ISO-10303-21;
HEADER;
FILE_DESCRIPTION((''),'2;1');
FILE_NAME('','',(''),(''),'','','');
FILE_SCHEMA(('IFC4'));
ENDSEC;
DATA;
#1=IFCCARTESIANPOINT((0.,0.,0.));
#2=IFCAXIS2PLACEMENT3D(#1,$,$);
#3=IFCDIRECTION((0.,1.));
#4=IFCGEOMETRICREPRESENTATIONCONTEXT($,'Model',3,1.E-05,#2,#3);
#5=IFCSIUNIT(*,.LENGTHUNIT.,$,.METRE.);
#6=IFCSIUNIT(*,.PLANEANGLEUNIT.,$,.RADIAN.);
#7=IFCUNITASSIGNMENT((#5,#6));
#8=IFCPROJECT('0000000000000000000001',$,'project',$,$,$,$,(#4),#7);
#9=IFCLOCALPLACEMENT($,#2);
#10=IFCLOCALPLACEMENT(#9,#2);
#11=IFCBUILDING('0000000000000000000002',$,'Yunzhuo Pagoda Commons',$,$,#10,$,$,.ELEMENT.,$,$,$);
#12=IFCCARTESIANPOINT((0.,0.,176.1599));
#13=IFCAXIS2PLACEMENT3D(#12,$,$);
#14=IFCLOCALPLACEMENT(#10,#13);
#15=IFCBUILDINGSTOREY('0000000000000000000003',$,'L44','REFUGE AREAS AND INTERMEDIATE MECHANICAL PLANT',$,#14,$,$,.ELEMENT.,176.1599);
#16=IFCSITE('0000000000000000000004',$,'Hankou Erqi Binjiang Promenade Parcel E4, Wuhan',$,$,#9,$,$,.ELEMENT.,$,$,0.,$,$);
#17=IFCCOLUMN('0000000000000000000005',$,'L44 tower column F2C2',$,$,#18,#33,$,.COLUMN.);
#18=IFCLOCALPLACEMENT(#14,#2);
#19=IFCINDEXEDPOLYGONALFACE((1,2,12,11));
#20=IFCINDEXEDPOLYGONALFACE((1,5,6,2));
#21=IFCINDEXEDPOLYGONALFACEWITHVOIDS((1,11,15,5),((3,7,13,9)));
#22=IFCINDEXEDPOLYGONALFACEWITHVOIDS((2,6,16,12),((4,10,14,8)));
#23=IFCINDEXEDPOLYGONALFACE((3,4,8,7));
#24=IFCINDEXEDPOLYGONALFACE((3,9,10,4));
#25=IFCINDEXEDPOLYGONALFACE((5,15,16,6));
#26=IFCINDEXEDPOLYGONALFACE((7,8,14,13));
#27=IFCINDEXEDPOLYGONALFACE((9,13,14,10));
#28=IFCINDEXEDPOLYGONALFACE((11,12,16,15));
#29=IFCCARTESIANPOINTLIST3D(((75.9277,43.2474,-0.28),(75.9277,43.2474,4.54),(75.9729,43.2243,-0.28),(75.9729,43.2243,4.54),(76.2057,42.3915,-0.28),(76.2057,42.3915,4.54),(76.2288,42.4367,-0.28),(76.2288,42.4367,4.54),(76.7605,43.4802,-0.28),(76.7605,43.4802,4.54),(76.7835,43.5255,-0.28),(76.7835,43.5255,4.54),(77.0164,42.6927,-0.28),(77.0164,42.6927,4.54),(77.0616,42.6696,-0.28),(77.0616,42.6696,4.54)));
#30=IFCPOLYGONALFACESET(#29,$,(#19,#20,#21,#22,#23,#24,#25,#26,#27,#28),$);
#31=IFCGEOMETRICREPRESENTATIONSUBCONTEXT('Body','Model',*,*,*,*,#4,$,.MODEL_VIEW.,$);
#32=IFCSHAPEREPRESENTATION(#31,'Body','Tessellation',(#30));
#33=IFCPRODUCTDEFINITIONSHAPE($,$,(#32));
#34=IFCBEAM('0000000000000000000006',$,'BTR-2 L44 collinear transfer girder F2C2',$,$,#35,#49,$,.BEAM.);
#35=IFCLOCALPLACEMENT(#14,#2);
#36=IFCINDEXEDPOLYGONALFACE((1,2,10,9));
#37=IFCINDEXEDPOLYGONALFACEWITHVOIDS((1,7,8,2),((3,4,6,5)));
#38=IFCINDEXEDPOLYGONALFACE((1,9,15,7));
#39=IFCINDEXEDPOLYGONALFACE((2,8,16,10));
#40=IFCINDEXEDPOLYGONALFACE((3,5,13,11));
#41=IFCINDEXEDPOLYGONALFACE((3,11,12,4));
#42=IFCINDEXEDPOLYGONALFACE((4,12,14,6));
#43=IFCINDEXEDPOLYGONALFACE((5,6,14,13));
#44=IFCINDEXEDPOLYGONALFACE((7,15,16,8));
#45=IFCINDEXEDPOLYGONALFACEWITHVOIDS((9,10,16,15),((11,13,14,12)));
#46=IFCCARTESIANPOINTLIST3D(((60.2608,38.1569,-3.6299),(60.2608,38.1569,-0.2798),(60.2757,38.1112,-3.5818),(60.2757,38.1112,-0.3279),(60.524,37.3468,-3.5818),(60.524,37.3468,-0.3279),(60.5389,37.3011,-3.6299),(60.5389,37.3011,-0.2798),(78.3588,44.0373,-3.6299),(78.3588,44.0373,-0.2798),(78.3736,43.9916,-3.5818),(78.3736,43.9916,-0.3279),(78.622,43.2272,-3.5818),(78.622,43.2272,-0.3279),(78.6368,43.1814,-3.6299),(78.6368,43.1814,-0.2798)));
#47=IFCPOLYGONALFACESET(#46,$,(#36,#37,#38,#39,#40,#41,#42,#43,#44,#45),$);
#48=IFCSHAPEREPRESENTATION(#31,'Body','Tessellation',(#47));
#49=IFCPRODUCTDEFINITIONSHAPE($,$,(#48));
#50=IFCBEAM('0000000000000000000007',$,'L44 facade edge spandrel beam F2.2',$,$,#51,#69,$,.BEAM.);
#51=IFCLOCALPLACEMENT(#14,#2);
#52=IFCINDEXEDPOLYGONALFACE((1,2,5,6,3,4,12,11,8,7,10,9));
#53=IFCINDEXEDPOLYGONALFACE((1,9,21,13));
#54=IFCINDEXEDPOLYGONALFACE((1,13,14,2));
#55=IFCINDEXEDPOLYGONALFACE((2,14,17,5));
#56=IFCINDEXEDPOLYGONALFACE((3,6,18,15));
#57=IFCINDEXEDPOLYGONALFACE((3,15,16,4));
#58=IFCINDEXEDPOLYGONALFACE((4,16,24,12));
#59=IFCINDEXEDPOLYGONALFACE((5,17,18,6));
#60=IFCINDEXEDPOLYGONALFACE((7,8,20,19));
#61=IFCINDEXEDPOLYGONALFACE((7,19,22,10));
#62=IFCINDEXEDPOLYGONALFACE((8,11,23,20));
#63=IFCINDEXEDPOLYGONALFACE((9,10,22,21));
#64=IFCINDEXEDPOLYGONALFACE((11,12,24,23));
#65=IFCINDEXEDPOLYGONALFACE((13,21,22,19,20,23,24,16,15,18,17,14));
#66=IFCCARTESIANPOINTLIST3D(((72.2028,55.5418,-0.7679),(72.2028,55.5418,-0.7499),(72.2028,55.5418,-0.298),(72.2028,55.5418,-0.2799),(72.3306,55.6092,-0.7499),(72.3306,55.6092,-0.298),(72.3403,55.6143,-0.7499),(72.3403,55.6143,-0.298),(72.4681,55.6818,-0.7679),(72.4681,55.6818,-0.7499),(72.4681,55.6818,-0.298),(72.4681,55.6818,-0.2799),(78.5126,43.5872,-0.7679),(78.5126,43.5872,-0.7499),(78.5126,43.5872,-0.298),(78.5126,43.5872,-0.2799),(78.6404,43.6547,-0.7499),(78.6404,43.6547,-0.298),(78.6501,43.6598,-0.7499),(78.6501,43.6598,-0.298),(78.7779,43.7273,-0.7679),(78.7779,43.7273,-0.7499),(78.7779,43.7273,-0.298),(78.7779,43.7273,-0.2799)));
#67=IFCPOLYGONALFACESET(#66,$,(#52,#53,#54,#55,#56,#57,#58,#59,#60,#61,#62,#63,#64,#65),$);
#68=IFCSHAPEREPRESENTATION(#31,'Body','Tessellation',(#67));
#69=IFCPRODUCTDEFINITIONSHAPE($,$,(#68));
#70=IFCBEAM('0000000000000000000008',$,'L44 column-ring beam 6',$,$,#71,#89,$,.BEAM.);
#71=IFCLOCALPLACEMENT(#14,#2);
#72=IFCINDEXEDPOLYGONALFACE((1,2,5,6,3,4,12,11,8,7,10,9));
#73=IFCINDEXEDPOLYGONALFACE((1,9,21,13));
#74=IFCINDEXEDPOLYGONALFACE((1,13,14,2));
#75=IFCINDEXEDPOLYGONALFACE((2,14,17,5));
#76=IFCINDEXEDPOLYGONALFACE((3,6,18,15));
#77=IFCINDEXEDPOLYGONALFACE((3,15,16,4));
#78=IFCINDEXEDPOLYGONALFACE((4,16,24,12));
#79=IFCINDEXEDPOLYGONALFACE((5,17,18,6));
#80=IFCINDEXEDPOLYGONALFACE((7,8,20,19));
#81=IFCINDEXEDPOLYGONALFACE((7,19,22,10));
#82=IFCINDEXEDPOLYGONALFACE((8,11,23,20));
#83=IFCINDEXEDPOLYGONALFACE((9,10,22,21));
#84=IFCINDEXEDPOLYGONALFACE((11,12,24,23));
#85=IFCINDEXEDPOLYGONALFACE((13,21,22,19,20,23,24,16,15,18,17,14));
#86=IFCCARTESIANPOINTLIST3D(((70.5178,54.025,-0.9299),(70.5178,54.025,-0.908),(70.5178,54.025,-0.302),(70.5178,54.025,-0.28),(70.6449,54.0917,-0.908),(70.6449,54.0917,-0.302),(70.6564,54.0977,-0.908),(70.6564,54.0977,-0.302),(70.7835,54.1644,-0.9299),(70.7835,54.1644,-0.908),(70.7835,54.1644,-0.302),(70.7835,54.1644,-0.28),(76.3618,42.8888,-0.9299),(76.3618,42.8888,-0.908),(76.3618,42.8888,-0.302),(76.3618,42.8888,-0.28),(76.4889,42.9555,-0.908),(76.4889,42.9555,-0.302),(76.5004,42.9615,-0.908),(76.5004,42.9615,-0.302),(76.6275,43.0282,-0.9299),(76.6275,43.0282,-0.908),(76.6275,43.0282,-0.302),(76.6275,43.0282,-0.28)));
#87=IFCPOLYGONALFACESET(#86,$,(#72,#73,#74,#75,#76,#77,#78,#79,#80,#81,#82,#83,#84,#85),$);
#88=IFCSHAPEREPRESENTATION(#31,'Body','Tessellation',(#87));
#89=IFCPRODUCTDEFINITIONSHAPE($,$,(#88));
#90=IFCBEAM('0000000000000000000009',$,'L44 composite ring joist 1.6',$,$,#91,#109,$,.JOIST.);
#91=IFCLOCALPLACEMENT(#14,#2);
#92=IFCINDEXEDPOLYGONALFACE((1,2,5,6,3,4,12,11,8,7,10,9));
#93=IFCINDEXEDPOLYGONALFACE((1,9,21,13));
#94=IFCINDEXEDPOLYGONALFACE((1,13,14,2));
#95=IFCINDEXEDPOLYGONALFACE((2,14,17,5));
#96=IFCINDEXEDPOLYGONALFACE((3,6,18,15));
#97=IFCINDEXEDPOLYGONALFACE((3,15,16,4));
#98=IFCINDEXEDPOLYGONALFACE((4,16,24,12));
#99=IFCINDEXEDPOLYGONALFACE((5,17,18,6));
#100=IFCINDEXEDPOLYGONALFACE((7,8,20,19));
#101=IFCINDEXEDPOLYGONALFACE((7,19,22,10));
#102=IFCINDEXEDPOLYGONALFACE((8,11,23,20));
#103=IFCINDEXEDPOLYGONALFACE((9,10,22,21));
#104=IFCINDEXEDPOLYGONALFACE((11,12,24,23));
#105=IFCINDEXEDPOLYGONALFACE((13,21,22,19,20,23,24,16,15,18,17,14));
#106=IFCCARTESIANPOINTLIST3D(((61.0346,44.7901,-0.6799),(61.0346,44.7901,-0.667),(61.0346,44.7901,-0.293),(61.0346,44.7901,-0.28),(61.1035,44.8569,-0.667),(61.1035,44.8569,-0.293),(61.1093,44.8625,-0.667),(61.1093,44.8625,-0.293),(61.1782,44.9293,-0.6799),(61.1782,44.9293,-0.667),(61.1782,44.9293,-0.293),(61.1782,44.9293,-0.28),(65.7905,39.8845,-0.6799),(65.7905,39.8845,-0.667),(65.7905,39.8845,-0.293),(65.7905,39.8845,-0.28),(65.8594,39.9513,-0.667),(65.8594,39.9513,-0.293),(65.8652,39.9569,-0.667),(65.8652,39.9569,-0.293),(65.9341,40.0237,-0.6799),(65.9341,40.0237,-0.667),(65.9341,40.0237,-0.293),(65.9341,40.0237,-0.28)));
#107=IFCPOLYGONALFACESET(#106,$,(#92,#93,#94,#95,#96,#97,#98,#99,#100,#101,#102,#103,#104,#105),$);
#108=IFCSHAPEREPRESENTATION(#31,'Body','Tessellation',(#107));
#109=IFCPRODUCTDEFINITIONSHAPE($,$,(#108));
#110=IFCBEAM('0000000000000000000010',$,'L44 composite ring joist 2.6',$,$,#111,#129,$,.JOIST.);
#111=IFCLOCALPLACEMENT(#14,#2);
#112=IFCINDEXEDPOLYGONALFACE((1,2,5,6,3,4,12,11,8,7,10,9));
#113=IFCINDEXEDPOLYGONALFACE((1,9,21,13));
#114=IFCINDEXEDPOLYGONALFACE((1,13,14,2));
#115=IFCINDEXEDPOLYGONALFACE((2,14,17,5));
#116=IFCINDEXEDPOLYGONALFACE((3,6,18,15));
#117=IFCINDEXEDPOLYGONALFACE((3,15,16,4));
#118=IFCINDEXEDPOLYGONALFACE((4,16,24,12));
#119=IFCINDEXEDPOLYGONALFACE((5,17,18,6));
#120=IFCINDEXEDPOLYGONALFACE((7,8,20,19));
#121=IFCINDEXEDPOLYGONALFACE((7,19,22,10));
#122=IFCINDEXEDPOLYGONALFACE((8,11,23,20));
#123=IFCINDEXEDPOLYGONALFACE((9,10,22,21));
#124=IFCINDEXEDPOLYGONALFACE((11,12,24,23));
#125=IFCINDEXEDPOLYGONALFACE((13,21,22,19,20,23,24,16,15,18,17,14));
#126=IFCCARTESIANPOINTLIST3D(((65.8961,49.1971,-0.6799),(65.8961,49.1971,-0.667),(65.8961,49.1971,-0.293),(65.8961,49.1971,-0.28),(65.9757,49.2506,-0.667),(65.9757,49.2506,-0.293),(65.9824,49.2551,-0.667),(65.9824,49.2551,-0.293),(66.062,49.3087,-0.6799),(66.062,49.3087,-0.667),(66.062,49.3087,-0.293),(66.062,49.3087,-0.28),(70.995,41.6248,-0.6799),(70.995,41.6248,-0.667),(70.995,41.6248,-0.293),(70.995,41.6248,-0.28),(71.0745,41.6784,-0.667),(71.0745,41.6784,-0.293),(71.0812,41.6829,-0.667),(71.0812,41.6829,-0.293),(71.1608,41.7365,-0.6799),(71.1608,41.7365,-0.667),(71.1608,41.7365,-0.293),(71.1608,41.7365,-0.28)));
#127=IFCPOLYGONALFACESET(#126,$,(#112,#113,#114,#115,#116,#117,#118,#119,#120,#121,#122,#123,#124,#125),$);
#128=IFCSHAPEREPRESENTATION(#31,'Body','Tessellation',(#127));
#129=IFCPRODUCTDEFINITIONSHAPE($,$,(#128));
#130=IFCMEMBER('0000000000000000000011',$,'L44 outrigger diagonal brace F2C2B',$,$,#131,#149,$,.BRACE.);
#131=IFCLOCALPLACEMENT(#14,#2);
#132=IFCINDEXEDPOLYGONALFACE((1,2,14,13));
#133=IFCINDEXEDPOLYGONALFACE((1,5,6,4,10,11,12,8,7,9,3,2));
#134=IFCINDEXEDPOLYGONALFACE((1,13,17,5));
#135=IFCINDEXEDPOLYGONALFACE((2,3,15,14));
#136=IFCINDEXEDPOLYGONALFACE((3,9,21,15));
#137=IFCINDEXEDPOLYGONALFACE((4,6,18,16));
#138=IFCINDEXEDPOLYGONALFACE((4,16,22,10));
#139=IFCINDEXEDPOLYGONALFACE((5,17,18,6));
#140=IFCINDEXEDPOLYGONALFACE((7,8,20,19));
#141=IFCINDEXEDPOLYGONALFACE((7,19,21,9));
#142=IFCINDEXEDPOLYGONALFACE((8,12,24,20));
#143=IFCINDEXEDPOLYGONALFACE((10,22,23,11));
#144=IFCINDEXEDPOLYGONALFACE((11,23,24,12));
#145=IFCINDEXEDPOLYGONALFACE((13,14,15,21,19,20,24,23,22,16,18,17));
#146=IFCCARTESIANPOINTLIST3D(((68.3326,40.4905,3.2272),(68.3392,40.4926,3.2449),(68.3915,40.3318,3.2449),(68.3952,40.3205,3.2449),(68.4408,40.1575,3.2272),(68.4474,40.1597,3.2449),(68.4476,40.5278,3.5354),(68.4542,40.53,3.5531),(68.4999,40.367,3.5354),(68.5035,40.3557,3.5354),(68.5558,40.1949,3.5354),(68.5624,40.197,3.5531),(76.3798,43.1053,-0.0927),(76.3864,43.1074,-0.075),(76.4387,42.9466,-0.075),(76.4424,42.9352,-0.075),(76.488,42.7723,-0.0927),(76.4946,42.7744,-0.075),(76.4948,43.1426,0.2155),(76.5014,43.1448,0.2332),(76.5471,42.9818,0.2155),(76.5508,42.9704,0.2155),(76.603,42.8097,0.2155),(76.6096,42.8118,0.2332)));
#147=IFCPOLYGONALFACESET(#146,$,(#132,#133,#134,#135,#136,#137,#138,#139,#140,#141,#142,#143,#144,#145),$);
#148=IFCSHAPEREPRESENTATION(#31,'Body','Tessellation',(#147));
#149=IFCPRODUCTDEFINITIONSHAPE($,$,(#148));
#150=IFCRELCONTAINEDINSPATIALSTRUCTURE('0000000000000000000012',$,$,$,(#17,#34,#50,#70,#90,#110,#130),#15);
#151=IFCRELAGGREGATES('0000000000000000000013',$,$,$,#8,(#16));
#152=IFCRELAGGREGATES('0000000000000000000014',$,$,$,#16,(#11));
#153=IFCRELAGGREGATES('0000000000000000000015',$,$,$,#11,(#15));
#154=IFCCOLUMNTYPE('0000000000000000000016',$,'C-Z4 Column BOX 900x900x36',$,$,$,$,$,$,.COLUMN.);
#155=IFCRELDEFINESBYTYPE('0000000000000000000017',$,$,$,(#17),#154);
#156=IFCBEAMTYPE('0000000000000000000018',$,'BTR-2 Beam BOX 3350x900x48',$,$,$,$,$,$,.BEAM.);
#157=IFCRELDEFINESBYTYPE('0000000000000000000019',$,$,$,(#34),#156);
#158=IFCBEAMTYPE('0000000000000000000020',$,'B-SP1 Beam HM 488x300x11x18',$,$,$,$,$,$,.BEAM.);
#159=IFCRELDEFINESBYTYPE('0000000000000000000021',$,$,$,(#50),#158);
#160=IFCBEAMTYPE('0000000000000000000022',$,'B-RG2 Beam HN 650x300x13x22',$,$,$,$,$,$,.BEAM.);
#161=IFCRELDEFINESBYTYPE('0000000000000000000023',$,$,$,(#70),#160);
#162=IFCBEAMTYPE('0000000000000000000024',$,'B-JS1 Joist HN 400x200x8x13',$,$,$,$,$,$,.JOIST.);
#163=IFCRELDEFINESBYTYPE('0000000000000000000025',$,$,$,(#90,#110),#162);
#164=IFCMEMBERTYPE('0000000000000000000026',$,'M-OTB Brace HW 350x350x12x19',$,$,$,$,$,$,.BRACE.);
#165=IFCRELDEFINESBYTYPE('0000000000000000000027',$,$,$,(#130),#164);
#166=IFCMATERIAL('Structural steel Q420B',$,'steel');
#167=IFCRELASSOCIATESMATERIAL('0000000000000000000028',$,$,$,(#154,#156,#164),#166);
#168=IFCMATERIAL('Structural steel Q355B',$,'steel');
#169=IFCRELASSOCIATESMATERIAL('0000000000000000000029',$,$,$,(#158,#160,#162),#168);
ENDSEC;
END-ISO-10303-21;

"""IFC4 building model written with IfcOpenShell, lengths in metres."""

from ifc_helpers import new_model, si_unit, direction, frame, origin, origin_2d, place, context, subcontext, project, spatial, hollow_rectangle, i_section, extrude, source, transform, mapped, material, material_profile, profile_set, type_object, element, save


model = new_model("IFC4")

# Units and contexts
model_context = context("Model", 3, precision=1e-05, world=origin(), true_north=direction((0.0, 1.0)))
body_context = subcontext(model_context, "Body", "Model", "MODEL_VIEW")
ifc_project = project(units=[si_unit("LENGTHUNIT", "METRE"), si_unit("PLANEANGLEUNIT", "RADIAN")], contexts=[model_context])

# Site, building, storey
site_placement = place(None, origin())
site = spatial("IfcSite", under=ifc_project, at=site_placement, Name="Hankou Erqi Binjiang Promenade Parcel E4, Wuhan", CompositionType="ELEMENT", RefElevation=0.0)
building_placement = place(site_placement, origin())
building = spatial("IfcBuilding", under=site, at=building_placement, Name="Yunzhuo Pagoda Commons", CompositionType="ELEMENT")
storey_placement = place(building_placement, frame((0.0, 0.0, 176.1599)))
storey = spatial("IfcBuildingStorey", under=building, at=storey_placement, Name="L44", Description="REFUGE AREAS AND INTERMEDIATE MECHANICAL PLANT", CompositionType="ELEMENT", Elevation=176.1599)

# Column
ifc_material_1 = material(Name="Structural steel Q420B", Category="steel")
ifc_material_profile_1 = material_profile(ifc_material_1, hollow_rectangle(XDim=0.8999, YDim=0.8999, WallThickness=0.0359, at=origin_2d()), Name="Structural steel Q420B")
ifc_profile_set_1 = profile_set([ifc_material_profile_1], Name="Structural steel Q420B")
column_type = type_object("IfcColumnType", Name="C-Z4 Column BOX 900x900x36", PredefinedType="COLUMN", material=ifc_profile_set_1)
shared_shape_1 = source(origin(), body_context, "Body", "SweptSolid", [
    extrude(hollow_rectangle(XDim=0.8999, YDim=0.8999, WallThickness=0.0359, at=origin_2d()), origin(), (0.0, 0.0, 1.0), 4.8201),
])
column_placement = place(storey_placement, frame((76.4946, 42.9585, -0.28), z_axis=(0.0, 0.0, 1.0), x_axis=(-0.309017, 0.951057, 0.0)))
element("IfcColumn", 1, at=column_placement, inside=storey, type_object=column_type, Name="L44 tower column F2C2", PredefinedType="COLUMN", context=body_context, shape_type="MappedRepresentation", body=[
    mapped(shared_shape_1, transform((0.0, 0.0, 0.0), scale=1.0)),
])

# Beams
ifc_material_profile_2 = material_profile(ifc_material_1, hollow_rectangle(XDim=0.8999, YDim=3.3501, WallThickness=0.0481, at=origin_2d()), Name="Structural steel Q420B")
ifc_profile_set_2 = profile_set([ifc_material_profile_2], Name="Structural steel Q420B")
beam_type_1 = type_object("IfcBeamType", Name="BTR-2 Beam BOX 3350x900x48", PredefinedType="BEAM", material=ifc_profile_set_2)
shared_shape_2 = source(origin(), body_context, "Body", "SweptSolid", [
    extrude(hollow_rectangle(XDim=0.8999, YDim=3.3501, WallThickness=0.0481, at=origin_2d()), origin(), (0.0, 0.0, 1.0), 19.0293),
])
beam_1_placement = place(storey_placement, frame((78.4978, 43.6094, -1.9548), z_axis=(-0.951056, -0.309017, 0.0), x_axis=(0.309017, -0.951056, 0.0)))
element("IfcBeam", 2, at=beam_1_placement, inside=storey, type_object=beam_type_1, Name="BTR-2 L44 collinear transfer girder F2C2", PredefinedType="BEAM", context=body_context, shape_type="MappedRepresentation", body=[
    mapped(shared_shape_2, transform((0.0, 0.0, 0.0), scale=1.0)),
])
ifc_material_2 = material(Name="Structural steel Q355B", Category="steel")
ifc_material_profile_3 = material_profile(ifc_material_2, i_section(OverallWidth=0.3, OverallDepth=0.488, WebThickness=0.011, FlangeThickness=0.0181, at=origin_2d()), Name="Structural steel Q355B")
ifc_profile_set_3 = profile_set([ifc_material_profile_3], Name="Structural steel Q355B")
beam_type_2 = type_object("IfcBeamType", Name="B-SP1 Beam HM 488x300x11x18", PredefinedType="BEAM", material=ifc_profile_set_3)
shared_shape_3 = source(origin(), body_context, "Body", "SweptSolid", [
    extrude(i_section(OverallWidth=0.3, OverallDepth=0.488, WebThickness=0.011, FlangeThickness=0.0181, at=origin_2d()), origin(), (0.0, 0.0, 1.0), 13.5176),
])
beam_2_placement = place(storey_placement, frame((78.6453, 43.6572, -0.5239), z_axis=(-0.466785, 0.884371, 0.0), x_axis=(-0.884371, -0.466785, 0.0)))
element("IfcBeam", 3, at=beam_2_placement, inside=storey, type_object=beam_type_2, Name="L44 facade edge spandrel beam F2.2", PredefinedType="BEAM", context=body_context, shape_type="MappedRepresentation", body=[
    mapped(shared_shape_3, transform((0.0, 0.0, 0.0), scale=1.0)),
])
ifc_material_profile_4 = material_profile(ifc_material_2, i_section(OverallWidth=0.3, OverallDepth=0.6499, WebThickness=0.0129, FlangeThickness=0.022, at=origin_2d()), Name="Structural steel Q355B")
ifc_profile_set_4 = profile_set([ifc_material_profile_4], Name="Structural steel Q355B")
beam_type_3 = type_object("IfcBeamType", Name="B-RG2 Beam HN 650x300x13x22", PredefinedType="BEAM", material=ifc_profile_set_4)
shared_shape_4 = source(origin(), body_context, "Body", "SweptSolid", [
    extrude(i_section(OverallWidth=0.3, OverallDepth=0.6499, WebThickness=0.0129, FlangeThickness=0.022, at=origin_2d()), origin(), (0.0, 0.0, 1.0), 12.5764),
])
beam_3_placement = place(storey_placement, frame((76.4946, 42.9585, -0.605), z_axis=(-0.464676, 0.885481, 0.0), x_axis=(-0.885481, -0.464676, 0.0)))
element("IfcBeam", 4, at=beam_3_placement, inside=storey, type_object=beam_type_3, Name="L44 column-ring beam 6", PredefinedType="BEAM", context=body_context, shape_type="MappedRepresentation", body=[
    mapped(shared_shape_4, transform((0.0, 0.0, 0.0), scale=1.0)),
])
ifc_material_profile_5 = material_profile(ifc_material_2, i_section(OverallWidth=0.2, OverallDepth=0.3999, WebThickness=0.0081, FlangeThickness=0.0129, at=origin_2d()), Name="Structural steel Q355B")
ifc_profile_set_5 = profile_set([ifc_material_profile_5], Name="Structural steel Q355B")
beam_type_4 = type_object("IfcBeamType", Name="B-JS1 Joist HN 400x200x8x13", PredefinedType="JOIST", material=ifc_profile_set_5)
shared_shape_5 = source(origin(), body_context, "Body", "SweptSolid", [
    extrude(i_section(OverallWidth=0.2, OverallDepth=0.3999, WebThickness=0.0081, FlangeThickness=0.0129, at=origin_2d()), origin(), (0.0, 0.0, 1.0), 6.8325),
])
beam_4_placement = place(storey_placement, frame((65.8623, 39.9541, -0.48), z_axis=(-0.69607, 0.717974, 0.0), x_axis=(-0.717974, -0.69607, 0.0)))
element("IfcBeam", 5, at=beam_4_placement, inside=storey, type_object=beam_type_4, Name="L44 composite ring joist 1.6", PredefinedType="JOIST", context=body_context, shape_type="MappedRepresentation", body=[
    mapped(shared_shape_5, transform((0.0, 0.0, 0.0), scale=1.0)),
])
shared_shape_6 = source(origin(), body_context, "Body", "SweptSolid", [
    extrude(i_section(OverallWidth=0.2, OverallDepth=0.3999, WebThickness=0.0081, FlangeThickness=0.0129, at=origin_2d()), origin(), (0.0, 0.0, 1.0), 9.1289),
])
beam_5_placement = place(storey_placement, frame((71.0779, 41.6807, -0.48), z_axis=(-0.558539, 0.829478, 0.0), x_axis=(-0.829478, -0.558539, 0.0)))
element("IfcBeam", 6, at=beam_5_placement, inside=storey, type_object=beam_type_4, Name="L44 composite ring joist 2.6", PredefinedType="JOIST", context=body_context, shape_type="MappedRepresentation", body=[
    mapped(shared_shape_6, transform((0.0, 0.0, 0.0), scale=1.0)),
])

# Member
ifc_material_profile_6 = material_profile(ifc_material_1, i_section(OverallWidth=0.3501, OverallDepth=0.3501, WebThickness=0.012, FlangeThickness=0.019, at=origin_2d()), Name="Structural steel Q420B")
ifc_profile_set_6 = profile_set([ifc_material_profile_6], Name="Structural steel Q420B")
member_type_1 = type_object("IfcMemberType", Name="M-OTB Brace HW 350x350x12x19", PredefinedType="BRACE", material=ifc_profile_set_6)
shared_shape_7 = source(origin(), body_context, "Body", "SweptSolid", [
    extrude(i_section(OverallWidth=0.3501, OverallDepth=0.3501, WebThickness=0.012, FlangeThickness=0.019, at=origin_2d()), origin(), (0.0, 0.0, 1.0), 9.0894),
])
member_1_placement = place(storey_placement, frame((68.4475, 40.3438, 3.3901), z_axis=(0.885346, 0.287675, -0.365248), x_axis=(-0.309025, 0.951054, 0.0)))
element("IfcMember", 7, at=member_1_placement, inside=storey, type_object=member_type_1, Name="L44 outrigger diagonal brace F2C2B", PredefinedType="BRACE", context=body_context, shape_type="MappedRepresentation", body=[
    mapped(shared_shape_7, transform((0.0, 0.0, 0.0), scale=1.0)),
])

save(model, "model.ifc")
